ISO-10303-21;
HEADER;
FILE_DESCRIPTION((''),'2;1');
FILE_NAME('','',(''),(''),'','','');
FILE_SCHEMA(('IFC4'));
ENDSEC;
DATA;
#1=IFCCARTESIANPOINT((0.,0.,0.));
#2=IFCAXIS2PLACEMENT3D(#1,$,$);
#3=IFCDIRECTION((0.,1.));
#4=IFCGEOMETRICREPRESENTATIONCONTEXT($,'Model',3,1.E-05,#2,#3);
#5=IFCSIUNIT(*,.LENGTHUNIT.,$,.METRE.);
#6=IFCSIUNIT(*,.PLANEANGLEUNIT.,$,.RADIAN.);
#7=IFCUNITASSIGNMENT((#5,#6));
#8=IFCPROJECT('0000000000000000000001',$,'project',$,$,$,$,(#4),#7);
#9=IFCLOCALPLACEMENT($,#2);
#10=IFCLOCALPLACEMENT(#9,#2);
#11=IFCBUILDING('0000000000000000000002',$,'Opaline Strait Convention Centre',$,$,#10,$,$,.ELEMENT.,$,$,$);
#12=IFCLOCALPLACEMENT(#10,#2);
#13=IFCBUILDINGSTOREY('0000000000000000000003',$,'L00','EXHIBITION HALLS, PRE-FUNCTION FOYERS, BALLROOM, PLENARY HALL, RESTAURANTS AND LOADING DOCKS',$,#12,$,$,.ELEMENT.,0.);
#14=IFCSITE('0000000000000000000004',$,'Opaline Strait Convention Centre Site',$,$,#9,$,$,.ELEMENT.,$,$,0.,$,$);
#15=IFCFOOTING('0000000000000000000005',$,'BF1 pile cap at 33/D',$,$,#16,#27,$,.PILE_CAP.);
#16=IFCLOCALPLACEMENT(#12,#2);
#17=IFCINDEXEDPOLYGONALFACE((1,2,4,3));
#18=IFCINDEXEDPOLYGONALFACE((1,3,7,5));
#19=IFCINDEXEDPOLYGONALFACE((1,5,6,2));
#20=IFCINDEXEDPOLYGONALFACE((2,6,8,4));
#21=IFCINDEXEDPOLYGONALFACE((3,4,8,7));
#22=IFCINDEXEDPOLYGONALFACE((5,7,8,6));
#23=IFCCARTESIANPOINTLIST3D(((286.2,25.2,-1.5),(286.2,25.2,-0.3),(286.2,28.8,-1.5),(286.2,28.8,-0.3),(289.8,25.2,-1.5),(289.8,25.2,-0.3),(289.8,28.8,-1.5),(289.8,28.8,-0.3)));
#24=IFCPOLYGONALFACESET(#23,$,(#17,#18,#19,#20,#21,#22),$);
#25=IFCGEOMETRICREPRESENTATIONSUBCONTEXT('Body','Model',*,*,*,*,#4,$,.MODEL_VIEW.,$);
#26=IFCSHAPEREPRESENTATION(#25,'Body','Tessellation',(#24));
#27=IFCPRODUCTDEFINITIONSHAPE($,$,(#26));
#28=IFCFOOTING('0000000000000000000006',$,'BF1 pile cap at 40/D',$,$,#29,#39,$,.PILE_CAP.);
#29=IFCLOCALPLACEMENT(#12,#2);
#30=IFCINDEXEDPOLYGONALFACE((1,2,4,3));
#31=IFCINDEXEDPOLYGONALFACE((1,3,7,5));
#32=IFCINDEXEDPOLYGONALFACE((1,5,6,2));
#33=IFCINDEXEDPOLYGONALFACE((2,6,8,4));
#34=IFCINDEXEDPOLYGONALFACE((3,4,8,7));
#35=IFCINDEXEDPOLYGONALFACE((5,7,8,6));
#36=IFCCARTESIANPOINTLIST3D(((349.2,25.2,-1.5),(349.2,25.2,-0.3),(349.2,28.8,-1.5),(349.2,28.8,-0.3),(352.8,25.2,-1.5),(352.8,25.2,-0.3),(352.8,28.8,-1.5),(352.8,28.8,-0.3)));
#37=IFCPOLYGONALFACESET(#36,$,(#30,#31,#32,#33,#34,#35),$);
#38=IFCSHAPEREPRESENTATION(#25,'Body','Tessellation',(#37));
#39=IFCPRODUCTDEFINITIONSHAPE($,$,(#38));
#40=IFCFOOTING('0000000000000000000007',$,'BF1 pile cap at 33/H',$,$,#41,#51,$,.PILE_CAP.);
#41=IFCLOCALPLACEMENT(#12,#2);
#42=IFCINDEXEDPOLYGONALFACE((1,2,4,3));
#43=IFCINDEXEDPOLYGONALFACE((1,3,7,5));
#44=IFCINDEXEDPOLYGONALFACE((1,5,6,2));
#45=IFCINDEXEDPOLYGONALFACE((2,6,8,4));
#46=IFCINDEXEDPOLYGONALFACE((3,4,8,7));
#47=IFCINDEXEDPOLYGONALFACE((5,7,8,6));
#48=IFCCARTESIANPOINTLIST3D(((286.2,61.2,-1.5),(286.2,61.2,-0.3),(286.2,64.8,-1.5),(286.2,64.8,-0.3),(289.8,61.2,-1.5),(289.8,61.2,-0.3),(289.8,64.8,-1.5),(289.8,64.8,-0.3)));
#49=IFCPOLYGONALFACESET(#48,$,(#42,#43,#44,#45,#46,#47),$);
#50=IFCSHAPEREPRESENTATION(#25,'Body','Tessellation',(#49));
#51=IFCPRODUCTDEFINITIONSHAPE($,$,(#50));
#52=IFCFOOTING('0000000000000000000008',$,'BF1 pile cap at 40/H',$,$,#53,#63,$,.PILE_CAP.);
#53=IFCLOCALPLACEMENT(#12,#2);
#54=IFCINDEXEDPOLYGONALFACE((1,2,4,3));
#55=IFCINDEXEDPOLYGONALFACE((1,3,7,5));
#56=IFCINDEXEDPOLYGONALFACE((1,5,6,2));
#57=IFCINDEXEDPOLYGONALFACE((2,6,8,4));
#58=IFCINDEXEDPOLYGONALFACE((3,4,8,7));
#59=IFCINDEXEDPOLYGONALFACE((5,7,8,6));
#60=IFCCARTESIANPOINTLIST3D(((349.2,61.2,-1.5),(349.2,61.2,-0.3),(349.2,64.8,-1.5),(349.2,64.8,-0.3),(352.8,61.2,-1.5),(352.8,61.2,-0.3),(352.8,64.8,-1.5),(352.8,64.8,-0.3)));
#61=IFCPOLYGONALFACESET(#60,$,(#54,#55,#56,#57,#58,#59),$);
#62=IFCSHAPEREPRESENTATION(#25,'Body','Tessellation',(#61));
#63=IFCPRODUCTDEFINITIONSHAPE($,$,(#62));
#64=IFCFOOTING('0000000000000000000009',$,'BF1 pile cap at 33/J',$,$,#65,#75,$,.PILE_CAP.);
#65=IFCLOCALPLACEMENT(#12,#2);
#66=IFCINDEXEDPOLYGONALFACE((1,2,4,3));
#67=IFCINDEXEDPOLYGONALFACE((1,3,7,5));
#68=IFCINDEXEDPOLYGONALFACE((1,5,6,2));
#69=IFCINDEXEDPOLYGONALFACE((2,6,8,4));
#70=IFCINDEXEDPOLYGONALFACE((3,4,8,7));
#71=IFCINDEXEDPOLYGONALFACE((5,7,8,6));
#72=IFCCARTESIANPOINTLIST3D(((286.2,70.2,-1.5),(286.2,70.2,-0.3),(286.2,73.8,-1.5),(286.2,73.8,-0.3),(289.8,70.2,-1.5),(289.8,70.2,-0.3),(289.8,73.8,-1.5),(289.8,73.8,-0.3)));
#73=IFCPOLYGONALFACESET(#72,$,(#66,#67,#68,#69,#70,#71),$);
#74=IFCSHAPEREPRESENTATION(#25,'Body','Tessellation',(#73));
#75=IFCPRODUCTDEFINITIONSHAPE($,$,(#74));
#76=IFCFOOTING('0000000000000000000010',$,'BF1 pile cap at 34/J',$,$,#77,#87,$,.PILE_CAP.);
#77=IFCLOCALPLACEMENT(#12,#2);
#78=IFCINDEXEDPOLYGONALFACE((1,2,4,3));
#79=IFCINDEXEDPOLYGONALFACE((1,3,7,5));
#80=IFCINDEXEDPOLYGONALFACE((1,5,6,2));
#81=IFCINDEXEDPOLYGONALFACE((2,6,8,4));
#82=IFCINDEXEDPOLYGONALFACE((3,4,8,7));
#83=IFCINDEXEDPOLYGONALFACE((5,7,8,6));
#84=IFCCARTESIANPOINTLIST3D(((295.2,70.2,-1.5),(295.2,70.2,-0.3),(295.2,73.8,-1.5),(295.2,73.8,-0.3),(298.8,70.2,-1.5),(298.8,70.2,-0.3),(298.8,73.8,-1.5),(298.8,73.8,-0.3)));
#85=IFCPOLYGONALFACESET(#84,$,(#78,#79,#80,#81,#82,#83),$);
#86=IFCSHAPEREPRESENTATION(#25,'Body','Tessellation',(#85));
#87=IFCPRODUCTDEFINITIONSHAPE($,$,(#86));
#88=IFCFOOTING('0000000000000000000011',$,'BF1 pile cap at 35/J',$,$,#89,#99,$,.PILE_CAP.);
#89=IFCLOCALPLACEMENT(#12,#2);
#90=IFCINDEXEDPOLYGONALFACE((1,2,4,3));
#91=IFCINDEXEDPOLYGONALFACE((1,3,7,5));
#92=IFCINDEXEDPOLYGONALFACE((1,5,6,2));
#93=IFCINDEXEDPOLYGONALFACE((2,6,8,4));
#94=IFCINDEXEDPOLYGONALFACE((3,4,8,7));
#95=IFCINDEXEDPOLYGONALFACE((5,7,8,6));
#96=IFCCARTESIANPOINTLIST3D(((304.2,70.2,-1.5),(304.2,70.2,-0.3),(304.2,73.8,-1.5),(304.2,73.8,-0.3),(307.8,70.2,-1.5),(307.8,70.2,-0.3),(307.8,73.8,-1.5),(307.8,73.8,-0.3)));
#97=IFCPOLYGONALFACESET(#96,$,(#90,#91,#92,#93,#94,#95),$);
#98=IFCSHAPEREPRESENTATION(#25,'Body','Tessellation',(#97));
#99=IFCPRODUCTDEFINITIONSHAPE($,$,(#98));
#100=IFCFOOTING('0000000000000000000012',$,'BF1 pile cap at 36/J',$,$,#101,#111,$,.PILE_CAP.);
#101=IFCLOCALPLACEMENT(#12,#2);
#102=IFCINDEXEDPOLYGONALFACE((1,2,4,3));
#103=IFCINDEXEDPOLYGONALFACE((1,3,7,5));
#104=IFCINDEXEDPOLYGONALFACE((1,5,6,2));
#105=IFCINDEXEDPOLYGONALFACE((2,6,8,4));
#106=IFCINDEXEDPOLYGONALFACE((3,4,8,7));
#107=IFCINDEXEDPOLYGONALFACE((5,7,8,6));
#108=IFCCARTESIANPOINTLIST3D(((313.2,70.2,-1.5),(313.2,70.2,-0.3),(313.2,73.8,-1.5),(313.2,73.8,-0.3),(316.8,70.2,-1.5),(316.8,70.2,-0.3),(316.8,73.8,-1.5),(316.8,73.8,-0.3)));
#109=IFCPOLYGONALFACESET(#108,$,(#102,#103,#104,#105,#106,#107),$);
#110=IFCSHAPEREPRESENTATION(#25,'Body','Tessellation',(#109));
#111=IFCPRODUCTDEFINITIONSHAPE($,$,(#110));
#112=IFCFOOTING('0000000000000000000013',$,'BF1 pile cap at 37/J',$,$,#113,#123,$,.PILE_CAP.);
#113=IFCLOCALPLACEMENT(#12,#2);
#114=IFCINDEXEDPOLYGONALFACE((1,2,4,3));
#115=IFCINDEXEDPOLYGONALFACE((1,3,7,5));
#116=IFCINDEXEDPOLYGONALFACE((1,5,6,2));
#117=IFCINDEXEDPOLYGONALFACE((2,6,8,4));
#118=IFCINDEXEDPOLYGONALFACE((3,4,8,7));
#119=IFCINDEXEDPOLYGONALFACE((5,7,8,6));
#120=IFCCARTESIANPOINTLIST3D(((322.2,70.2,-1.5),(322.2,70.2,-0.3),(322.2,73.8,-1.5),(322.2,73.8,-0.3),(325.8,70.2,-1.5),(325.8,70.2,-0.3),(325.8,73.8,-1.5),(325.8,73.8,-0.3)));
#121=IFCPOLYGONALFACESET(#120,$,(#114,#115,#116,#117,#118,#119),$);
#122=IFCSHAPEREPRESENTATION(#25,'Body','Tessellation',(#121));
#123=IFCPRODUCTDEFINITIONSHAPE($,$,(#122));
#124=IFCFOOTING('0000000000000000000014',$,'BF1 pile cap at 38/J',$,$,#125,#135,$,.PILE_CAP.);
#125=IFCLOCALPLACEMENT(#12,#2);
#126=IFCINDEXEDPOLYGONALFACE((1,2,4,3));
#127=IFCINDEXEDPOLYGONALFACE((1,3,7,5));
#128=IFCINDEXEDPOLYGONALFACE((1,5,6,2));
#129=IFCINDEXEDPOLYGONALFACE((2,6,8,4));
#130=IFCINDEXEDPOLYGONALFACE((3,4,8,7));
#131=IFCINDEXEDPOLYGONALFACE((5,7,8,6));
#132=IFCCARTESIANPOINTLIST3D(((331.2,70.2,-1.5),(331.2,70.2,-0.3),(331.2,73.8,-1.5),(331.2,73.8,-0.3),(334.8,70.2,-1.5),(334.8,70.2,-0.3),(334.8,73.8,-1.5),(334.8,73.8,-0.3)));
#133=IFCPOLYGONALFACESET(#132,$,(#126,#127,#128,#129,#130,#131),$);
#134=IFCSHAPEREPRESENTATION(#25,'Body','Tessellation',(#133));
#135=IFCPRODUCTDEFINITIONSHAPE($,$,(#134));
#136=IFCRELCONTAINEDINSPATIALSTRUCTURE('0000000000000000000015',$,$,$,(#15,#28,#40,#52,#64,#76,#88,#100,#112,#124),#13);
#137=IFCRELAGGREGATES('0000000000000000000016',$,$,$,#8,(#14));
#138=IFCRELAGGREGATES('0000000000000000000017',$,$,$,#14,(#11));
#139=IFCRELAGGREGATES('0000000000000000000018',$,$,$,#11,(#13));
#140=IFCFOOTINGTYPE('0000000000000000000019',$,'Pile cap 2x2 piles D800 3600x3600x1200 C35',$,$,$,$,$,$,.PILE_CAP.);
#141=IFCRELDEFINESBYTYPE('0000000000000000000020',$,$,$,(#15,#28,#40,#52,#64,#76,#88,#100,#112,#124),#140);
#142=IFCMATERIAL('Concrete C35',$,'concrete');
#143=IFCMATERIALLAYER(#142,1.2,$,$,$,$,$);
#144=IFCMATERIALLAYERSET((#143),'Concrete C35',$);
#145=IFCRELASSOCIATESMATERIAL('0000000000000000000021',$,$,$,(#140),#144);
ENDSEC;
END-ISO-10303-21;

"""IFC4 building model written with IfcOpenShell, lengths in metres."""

from ifc_helpers import new_model, si_unit, direction, frame, origin, place, context, subcontext, project, spatial, polyline, outline, extrude, material, layer, layer_set, type_object, element, save


model = new_model("IFC4")

# Units and contexts
model_context = context("Model", 3, precision=1e-05, world=origin(), true_north=direction((0.0, 1.0)))
body_context = subcontext(model_context, "Body", "Model", "MODEL_VIEW")
ifc_project = project(units=[si_unit("LENGTHUNIT", "METRE"), si_unit("PLANEANGLEUNIT", "RADIAN")], contexts=[model_context])

# Site, building, storey
site_placement = place(None, origin())
site = spatial("IfcSite", under=ifc_project, at=site_placement, Name="Opaline Strait Convention Centre Site", CompositionType="ELEMENT", RefElevation=0.0)
building_placement = place(site_placement, origin())
building = spatial("IfcBuilding", under=site, at=building_placement, Name="Opaline Strait Convention Centre", CompositionType="ELEMENT")
storey_placement = place(building_placement, origin())
storey = spatial("IfcBuildingStorey", under=building, at=storey_placement, Name="L00", Description="EXHIBITION HALLS, PRE-FUNCTION FOYERS, BALLROOM, PLENARY HALL, RESTAURANTS AND LOADING DOCKS", CompositionType="ELEMENT", Elevation=0.0)

# Footings
ifc_material = material(Name="Concrete C35", Category="concrete")
ifc_layer = layer(ifc_material, 1.2)
ifc_layer_set = layer_set([ifc_layer], Name="Concrete C35")
footing_type = type_object("IfcFootingType", Name="Pile cap 2x2 piles D800 3600x3600x1200 C35", PredefinedType="PILE_CAP", material=ifc_layer_set)
footing_1_placement = place(storey_placement, frame((0.0, 0.0, -1.5)))
element("IfcFooting", 1, at=footing_1_placement, inside=storey, type_object=footing_type, Name="BF1 pile cap at 33/D", PredefinedType="PILE_CAP", context=body_context, shape_type="SweptSolid", body=[
    extrude(outline(polyline([(286.2, 25.2), (289.8, 25.2), (289.8, 28.8), (286.2, 28.8), (286.2, 25.2)])), origin(), (0.0, 0.0, 1.0), 1.2),
])
footing_2_placement = place(storey_placement, frame((0.0, 0.0, -1.5)))
element("IfcFooting", 2, at=footing_2_placement, inside=storey, type_object=footing_type, Name="BF1 pile cap at 40/D", PredefinedType="PILE_CAP", context=body_context, shape_type="SweptSolid", body=[
    extrude(outline(polyline([(349.2, 25.2), (352.8, 25.2), (352.8, 28.8), (349.2, 28.8), (349.2, 25.2)])), origin(), (0.0, 0.0, 1.0), 1.2),
])
footing_3_placement = place(storey_placement, frame((0.0, 0.0, -1.5)))
element("IfcFooting", 3, at=footing_3_placement, inside=storey, type_object=footing_type, Name="BF1 pile cap at 33/H", PredefinedType="PILE_CAP", context=body_context, shape_type="SweptSolid", body=[
    extrude(outline(polyline([(286.2, 61.2), (289.8, 61.2), (289.8, 64.8), (286.2, 64.8), (286.2, 61.2)])), origin(), (0.0, 0.0, 1.0), 1.2),
])
footing_4_placement = place(storey_placement, frame((0.0, 0.0, -1.5)))
element("IfcFooting", 4, at=footing_4_placement, inside=storey, type_object=footing_type, Name="BF1 pile cap at 40/H", PredefinedType="PILE_CAP", context=body_context, shape_type="SweptSolid", body=[
    extrude(outline(polyline([(349.2, 61.2), (352.8, 61.2), (352.8, 64.8), (349.2, 64.8), (349.2, 61.2)])), origin(), (0.0, 0.0, 1.0), 1.2),
])
footing_5_placement = place(storey_placement, frame((0.0, 0.0, -1.5)))
element("IfcFooting", 5, at=footing_5_placement, inside=storey, type_object=footing_type, Name="BF1 pile cap at 33/J", PredefinedType="PILE_CAP", context=body_context, shape_type="SweptSolid", body=[
    extrude(outline(polyline([(286.2, 70.2), (289.8, 70.2), (289.8, 73.8), (286.2, 73.8), (286.2, 70.2)])), origin(), (0.0, 0.0, 1.0), 1.2),
])
footing_6_placement = place(storey_placement, frame((0.0, 0.0, -1.5)))
element("IfcFooting", 6, at=footing_6_placement, inside=storey, type_object=footing_type, Name="BF1 pile cap at 34/J", PredefinedType="PILE_CAP", context=body_context, shape_type="SweptSolid", body=[
    extrude(outline(polyline([(295.2, 70.2), (298.8, 70.2), (298.8, 73.8), (295.2, 73.8), (295.2, 70.2)])), origin(), (0.0, 0.0, 1.0), 1.2),
])
footing_7_placement = place(storey_placement, frame((0.0, 0.0, -1.5)))
element("IfcFooting", 7, at=footing_7_placement, inside=storey, type_object=footing_type, Name="BF1 pile cap at 35/J", PredefinedType="PILE_CAP", context=body_context, shape_type="SweptSolid", body=[
    extrude(outline(polyline([(304.2, 70.2), (307.8, 70.2), (307.8, 73.8), (304.2, 73.8), (304.2, 70.2)])), origin(), (0.0, 0.0, 1.0), 1.2),
])
footing_8_placement = place(storey_placement, frame((0.0, 0.0, -1.5)))
element("IfcFooting", 8, at=footing_8_placement, inside=storey, type_object=footing_type, Name="BF1 pile cap at 36/J", PredefinedType="PILE_CAP", context=body_context, shape_type="SweptSolid", body=[
    extrude(outline(polyline([(313.2, 70.2), (316.8, 70.2), (316.8, 73.8), (313.2, 73.8), (313.2, 70.2)])), origin(), (0.0, 0.0, 1.0), 1.2),
])
footing_9_placement = place(storey_placement, frame((0.0, 0.0, -1.5)))
element("IfcFooting", 9, at=footing_9_placement, inside=storey, type_object=footing_type, Name="BF1 pile cap at 37/J", PredefinedType="PILE_CAP", context=body_context, shape_type="SweptSolid", body=[
    extrude(outline(polyline([(322.2, 70.2), (325.8, 70.2), (325.8, 73.8), (322.2, 73.8), (322.2, 70.2)])), origin(), (0.0, 0.0, 1.0), 1.2),
])
footing_10_placement = place(storey_placement, frame((0.0, 0.0, -1.5)))
element("IfcFooting", 10, at=footing_10_placement, inside=storey, type_object=footing_type, Name="BF1 pile cap at 38/J", PredefinedType="PILE_CAP", context=body_context, shape_type="SweptSolid", body=[
    extrude(outline(polyline([(331.2, 70.2), (334.8, 70.2), (334.8, 73.8), (331.2, 73.8), (331.2, 70.2)])), origin(), (0.0, 0.0, 1.0), 1.2),
])

save(model, "model.ifc")
